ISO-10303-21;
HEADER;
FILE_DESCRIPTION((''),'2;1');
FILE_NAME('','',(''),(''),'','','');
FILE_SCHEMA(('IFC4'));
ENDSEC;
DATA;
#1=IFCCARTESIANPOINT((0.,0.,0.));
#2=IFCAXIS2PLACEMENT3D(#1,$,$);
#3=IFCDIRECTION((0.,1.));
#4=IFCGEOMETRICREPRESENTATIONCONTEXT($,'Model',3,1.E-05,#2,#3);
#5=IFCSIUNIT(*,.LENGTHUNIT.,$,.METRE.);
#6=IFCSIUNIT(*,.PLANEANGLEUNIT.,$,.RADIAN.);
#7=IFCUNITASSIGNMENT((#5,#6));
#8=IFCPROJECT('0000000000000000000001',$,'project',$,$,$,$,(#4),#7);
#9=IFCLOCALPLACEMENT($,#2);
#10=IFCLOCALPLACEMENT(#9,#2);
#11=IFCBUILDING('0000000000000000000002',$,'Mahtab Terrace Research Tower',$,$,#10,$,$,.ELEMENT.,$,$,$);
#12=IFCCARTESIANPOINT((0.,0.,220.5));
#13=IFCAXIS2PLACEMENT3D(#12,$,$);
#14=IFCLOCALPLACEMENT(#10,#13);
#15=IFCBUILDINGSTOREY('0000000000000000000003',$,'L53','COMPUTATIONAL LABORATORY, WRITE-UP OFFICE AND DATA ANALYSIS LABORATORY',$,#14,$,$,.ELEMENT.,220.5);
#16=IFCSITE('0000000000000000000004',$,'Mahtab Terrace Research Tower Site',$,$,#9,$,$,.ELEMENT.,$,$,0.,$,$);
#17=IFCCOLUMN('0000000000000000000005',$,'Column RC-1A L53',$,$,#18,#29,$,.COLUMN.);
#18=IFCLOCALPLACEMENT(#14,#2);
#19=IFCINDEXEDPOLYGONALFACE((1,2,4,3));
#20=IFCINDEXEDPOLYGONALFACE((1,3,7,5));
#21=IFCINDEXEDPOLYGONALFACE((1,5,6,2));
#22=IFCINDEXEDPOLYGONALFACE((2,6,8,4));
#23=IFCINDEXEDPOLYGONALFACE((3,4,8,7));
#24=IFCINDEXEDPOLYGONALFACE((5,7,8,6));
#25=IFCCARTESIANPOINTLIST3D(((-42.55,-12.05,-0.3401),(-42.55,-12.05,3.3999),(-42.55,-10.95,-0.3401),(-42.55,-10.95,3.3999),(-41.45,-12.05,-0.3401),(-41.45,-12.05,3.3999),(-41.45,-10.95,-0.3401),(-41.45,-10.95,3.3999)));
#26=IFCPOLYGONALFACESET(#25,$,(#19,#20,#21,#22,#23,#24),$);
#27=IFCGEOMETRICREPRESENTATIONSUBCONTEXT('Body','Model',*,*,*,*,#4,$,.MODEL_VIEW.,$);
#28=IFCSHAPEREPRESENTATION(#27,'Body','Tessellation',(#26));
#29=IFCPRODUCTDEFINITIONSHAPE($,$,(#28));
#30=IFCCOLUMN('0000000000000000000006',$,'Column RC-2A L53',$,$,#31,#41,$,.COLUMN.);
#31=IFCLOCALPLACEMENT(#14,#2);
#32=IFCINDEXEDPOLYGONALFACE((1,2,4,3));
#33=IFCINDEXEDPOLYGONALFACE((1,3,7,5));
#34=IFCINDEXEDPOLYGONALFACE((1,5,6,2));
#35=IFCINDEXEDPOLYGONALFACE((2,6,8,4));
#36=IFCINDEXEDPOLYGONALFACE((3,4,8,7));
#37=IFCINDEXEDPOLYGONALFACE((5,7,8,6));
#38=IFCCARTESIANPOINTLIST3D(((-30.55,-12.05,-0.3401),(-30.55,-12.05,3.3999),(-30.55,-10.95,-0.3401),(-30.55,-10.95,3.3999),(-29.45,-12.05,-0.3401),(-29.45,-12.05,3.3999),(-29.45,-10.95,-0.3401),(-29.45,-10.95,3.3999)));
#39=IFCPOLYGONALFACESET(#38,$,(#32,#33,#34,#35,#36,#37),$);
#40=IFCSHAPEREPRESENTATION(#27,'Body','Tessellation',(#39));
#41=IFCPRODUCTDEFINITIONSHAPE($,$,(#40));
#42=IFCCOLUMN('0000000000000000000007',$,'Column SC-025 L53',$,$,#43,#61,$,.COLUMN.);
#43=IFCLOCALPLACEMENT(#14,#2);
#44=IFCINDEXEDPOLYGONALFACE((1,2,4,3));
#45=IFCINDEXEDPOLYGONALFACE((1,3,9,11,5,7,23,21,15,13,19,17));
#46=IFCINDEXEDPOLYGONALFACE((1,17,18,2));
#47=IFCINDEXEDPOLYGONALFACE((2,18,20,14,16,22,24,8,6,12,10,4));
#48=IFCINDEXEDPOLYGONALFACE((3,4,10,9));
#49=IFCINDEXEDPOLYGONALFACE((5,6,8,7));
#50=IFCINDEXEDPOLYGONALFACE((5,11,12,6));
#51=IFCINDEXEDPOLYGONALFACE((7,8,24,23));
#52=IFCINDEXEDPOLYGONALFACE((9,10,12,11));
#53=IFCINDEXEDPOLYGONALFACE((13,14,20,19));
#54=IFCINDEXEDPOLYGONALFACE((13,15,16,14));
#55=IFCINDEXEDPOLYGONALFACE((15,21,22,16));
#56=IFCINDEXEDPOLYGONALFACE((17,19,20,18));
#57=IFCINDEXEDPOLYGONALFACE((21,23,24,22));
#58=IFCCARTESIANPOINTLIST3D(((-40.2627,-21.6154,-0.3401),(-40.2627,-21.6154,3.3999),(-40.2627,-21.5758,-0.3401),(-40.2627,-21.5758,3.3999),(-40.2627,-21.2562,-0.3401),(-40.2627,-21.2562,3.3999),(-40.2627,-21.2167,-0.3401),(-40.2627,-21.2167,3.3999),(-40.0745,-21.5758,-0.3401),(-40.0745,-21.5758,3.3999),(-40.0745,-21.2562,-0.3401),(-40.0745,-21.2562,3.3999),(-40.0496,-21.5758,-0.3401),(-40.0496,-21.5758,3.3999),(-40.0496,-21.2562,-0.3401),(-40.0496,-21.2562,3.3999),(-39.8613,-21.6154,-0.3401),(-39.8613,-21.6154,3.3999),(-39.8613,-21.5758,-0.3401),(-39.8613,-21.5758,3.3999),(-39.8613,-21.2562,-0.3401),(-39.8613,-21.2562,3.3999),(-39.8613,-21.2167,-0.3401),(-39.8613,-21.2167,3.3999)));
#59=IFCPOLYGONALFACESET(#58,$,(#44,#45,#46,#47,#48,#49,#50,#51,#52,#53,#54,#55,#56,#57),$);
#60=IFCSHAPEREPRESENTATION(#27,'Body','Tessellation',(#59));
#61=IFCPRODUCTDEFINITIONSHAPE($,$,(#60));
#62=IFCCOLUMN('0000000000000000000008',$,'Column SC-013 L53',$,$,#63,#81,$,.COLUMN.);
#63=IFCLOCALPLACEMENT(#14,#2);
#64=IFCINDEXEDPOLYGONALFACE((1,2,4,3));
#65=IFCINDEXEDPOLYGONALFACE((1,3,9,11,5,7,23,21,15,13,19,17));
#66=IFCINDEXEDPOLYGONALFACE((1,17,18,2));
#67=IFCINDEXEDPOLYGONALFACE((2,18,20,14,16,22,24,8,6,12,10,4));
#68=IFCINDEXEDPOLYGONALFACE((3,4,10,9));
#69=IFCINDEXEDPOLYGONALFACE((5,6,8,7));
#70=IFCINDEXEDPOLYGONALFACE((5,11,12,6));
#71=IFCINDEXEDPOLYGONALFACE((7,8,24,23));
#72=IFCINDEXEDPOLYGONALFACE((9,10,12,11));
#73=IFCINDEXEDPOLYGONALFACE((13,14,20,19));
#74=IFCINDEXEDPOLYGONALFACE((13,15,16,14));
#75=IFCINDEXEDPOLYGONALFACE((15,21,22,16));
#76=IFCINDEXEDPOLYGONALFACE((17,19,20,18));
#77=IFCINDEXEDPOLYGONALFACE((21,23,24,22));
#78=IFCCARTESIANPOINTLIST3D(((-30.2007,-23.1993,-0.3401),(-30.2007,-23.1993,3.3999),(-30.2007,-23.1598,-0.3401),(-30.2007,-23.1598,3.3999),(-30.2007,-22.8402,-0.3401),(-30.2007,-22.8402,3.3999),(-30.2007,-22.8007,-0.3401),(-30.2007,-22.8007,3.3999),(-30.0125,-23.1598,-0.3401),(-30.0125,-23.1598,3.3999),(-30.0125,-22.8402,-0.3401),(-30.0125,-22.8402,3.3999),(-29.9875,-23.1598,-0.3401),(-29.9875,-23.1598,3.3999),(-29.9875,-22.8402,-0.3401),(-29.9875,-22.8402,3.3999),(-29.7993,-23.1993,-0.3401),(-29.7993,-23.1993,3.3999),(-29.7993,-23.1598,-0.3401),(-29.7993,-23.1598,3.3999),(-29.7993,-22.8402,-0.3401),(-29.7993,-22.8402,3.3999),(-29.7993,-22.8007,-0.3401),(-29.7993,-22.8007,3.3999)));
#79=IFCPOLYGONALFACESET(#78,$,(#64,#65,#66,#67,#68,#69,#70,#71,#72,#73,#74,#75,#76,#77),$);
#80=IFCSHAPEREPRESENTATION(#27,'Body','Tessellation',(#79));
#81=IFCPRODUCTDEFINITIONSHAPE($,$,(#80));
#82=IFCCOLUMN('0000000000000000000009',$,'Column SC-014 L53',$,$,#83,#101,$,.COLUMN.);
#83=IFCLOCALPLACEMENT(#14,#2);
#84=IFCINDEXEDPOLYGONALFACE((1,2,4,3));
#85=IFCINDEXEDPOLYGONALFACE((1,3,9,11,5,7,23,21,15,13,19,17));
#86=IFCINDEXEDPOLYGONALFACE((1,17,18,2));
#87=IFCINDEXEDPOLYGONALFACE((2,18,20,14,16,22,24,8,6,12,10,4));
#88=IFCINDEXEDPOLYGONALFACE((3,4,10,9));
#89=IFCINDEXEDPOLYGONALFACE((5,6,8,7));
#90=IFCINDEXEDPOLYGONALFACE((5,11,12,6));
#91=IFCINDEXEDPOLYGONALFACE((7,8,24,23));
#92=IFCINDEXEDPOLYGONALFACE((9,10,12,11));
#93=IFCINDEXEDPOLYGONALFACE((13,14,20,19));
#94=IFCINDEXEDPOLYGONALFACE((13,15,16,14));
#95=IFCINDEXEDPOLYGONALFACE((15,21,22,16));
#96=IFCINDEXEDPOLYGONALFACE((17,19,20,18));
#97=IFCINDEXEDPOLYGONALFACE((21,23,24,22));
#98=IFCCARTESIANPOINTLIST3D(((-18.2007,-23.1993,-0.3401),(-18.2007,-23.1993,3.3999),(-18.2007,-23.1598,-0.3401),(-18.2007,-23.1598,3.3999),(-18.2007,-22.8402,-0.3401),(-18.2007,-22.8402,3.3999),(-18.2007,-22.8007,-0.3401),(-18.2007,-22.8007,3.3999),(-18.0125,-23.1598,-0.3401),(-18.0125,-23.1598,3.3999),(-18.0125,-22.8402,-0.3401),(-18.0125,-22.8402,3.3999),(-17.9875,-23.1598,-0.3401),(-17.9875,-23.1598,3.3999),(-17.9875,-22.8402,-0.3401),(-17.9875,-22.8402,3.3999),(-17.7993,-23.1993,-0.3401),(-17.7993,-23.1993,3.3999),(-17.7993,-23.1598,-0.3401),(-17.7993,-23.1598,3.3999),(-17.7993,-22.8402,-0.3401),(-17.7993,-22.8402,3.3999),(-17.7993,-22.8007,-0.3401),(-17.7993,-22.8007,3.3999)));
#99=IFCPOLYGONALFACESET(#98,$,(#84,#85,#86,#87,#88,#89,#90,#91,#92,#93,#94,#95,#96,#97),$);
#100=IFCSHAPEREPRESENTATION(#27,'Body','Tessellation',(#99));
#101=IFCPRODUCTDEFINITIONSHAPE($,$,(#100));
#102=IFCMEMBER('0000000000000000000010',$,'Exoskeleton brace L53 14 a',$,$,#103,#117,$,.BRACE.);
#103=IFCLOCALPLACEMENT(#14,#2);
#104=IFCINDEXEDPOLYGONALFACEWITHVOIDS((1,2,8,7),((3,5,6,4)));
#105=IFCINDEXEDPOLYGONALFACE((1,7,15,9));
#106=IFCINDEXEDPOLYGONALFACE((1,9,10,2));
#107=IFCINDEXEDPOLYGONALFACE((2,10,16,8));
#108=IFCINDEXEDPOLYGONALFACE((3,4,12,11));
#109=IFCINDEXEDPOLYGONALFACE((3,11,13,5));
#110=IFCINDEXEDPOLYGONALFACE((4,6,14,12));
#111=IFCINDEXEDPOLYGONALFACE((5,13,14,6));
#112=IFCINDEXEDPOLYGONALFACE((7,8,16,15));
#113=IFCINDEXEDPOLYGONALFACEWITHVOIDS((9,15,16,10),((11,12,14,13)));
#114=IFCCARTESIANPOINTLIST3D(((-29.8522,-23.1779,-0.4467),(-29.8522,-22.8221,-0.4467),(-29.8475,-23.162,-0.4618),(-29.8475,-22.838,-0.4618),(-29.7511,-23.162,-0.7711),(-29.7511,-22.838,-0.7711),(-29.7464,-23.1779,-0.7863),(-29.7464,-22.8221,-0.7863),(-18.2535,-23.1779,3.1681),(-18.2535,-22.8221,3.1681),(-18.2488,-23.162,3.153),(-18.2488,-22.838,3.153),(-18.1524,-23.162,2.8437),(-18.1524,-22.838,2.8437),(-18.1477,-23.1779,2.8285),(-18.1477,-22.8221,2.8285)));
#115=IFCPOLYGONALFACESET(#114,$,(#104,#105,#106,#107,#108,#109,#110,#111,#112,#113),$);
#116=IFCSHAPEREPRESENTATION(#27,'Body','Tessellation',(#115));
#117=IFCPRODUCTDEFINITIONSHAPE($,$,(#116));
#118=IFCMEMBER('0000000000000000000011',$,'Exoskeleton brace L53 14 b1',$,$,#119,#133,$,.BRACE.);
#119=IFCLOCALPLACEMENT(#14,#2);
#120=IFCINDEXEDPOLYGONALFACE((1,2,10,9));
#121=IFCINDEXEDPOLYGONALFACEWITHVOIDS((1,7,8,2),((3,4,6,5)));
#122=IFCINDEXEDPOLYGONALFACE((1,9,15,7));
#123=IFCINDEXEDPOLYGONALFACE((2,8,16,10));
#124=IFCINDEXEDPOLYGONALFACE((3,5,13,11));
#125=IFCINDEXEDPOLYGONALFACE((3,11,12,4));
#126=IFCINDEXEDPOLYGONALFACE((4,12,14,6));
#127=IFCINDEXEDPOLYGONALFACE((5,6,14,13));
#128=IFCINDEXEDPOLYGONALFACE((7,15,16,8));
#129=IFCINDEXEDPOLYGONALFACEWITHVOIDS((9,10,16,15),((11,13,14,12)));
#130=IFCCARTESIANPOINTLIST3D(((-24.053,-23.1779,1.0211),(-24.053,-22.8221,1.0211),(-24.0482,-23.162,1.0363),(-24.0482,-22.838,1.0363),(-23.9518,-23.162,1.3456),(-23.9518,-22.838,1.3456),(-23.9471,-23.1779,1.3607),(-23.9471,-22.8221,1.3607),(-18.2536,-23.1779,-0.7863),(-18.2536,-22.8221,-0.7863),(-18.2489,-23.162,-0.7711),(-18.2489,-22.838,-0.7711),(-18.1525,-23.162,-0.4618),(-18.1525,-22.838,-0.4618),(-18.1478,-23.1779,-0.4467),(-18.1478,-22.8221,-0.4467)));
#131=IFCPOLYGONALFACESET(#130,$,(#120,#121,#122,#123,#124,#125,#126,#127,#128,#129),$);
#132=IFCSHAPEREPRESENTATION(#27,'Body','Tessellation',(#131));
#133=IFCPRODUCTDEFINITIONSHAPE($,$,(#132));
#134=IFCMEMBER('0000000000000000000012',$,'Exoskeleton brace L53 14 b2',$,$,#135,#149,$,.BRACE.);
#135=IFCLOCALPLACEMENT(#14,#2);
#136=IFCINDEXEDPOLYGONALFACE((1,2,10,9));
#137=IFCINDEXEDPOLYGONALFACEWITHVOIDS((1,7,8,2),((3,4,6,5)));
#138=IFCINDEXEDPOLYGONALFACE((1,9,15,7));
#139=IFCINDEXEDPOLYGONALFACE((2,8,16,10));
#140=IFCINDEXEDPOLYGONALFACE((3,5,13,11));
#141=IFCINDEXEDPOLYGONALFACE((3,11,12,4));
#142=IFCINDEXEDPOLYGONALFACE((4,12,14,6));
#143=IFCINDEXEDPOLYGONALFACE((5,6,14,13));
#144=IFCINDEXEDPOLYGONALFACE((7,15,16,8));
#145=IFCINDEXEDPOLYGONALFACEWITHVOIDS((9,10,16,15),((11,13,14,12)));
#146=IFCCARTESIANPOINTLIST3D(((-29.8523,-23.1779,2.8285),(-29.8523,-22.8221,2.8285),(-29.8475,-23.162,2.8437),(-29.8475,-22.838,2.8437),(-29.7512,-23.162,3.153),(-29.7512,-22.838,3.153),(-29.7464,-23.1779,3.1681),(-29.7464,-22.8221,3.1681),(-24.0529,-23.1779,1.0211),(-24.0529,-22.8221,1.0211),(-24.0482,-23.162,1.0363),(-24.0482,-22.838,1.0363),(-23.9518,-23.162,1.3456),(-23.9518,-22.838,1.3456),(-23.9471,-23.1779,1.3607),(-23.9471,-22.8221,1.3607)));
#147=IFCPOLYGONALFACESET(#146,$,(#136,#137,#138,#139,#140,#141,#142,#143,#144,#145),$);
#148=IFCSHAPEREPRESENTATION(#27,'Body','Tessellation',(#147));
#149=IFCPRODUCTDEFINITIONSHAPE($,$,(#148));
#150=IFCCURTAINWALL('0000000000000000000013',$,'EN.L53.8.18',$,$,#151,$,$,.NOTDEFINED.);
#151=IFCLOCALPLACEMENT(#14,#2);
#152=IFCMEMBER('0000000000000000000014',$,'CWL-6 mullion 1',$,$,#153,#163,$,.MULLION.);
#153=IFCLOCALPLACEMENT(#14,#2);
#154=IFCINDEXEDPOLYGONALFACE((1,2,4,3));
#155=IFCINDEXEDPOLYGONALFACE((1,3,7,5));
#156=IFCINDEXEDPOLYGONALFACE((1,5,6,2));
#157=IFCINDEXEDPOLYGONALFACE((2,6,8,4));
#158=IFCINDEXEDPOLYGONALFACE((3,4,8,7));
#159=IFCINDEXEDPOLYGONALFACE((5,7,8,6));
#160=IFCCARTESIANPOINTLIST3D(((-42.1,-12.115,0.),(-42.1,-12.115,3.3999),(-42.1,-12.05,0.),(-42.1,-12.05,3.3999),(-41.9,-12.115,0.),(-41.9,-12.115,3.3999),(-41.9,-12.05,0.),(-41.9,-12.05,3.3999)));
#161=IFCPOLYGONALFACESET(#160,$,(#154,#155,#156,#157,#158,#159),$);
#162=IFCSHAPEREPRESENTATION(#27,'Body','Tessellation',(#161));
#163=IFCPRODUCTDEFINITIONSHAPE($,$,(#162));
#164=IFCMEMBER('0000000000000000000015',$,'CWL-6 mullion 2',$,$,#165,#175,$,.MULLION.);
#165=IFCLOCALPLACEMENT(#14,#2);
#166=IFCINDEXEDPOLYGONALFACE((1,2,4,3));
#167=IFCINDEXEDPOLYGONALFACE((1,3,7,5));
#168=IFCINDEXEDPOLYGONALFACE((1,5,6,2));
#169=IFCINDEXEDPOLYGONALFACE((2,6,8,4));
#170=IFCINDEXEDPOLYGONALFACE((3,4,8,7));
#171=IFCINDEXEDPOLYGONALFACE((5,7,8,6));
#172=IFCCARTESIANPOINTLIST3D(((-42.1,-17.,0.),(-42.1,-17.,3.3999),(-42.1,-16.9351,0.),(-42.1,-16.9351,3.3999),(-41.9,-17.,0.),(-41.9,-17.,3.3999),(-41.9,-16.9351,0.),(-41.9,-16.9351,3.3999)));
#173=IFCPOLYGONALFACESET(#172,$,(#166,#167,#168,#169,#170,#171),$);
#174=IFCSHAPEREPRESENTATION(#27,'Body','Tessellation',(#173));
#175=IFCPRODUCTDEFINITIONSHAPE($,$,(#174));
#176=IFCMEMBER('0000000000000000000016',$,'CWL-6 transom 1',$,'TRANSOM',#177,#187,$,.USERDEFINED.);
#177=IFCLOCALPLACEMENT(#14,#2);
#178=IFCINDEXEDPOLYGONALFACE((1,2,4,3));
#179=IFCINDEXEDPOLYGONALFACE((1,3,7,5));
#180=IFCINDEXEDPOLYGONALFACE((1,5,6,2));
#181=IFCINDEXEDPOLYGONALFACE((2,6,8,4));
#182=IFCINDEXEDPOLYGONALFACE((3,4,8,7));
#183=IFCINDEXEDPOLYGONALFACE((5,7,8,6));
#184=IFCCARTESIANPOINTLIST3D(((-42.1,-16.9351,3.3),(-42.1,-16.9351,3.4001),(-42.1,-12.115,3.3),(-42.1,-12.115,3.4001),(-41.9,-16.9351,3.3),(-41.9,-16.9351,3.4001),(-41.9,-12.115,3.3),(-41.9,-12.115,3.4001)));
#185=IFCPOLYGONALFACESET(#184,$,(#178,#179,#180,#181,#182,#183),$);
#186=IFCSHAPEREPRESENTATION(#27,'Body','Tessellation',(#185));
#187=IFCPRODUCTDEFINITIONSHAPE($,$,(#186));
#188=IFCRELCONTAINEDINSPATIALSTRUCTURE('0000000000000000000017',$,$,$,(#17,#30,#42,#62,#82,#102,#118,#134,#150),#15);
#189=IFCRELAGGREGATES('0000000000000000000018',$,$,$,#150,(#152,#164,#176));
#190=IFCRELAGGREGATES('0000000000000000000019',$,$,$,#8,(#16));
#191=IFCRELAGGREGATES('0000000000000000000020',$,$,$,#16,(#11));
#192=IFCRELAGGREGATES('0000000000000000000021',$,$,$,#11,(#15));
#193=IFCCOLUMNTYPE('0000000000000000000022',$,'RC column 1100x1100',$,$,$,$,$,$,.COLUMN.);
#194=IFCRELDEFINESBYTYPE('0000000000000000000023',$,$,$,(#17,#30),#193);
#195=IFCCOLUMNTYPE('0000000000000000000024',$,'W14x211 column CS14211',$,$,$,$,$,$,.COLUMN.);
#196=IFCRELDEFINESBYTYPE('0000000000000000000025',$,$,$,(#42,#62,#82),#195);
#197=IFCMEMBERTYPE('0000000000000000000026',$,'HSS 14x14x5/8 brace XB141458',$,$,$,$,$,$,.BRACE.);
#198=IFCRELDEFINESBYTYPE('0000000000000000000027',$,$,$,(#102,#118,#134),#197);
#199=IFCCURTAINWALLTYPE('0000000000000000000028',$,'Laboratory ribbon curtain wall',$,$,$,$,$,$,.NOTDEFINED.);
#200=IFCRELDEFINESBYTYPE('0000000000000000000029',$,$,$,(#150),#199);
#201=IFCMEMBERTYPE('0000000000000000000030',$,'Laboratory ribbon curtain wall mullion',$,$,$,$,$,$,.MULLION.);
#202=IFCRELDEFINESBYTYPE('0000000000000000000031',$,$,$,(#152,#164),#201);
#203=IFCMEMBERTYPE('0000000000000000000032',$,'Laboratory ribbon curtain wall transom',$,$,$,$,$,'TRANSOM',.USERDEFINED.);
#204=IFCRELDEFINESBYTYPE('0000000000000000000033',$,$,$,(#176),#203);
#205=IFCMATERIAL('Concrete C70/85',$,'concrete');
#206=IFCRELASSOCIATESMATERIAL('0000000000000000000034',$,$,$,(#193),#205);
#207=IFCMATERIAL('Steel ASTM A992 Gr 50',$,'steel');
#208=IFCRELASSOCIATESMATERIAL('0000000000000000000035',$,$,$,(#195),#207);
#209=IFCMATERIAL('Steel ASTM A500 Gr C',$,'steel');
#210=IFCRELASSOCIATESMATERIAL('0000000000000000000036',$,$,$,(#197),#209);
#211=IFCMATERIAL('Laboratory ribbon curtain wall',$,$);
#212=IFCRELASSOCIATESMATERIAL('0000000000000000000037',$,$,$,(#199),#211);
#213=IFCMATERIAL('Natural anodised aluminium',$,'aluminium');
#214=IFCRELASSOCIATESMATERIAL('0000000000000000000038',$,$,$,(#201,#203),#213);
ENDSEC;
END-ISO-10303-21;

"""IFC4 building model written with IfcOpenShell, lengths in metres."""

from ifc_helpers import new_model, si_unit, direction, frame, origin, origin_2d, place, context, subcontext, project, spatial, rectangle, hollow_rectangle, i_section, extrude, material, material_profile, profile_set, type_object, element, aggregate, save


model = new_model("IFC4")

# Units and contexts
model_context = context("Model", 3, precision=1e-05, world=origin(), true_north=direction((0.0, 1.0)))
body_context = subcontext(model_context, "Body", "Model", "MODEL_VIEW")
ifc_project = project(units=[si_unit("LENGTHUNIT", "METRE"), si_unit("PLANEANGLEUNIT", "RADIAN")], contexts=[model_context])

# Site, building, storey
site_placement = place(None, origin())
site = spatial("IfcSite", under=ifc_project, at=site_placement, Name="Mahtab Terrace Research Tower Site", CompositionType="ELEMENT", RefElevation=0.0)
building_placement = place(site_placement, origin())
building = spatial("IfcBuilding", under=site, at=building_placement, Name="Mahtab Terrace Research Tower", CompositionType="ELEMENT")
storey_placement = place(building_placement, frame((0.0, 0.0, 220.5)))
storey = spatial("IfcBuildingStorey", under=building, at=storey_placement, Name="L53", Description="COMPUTATIONAL LABORATORY, WRITE-UP OFFICE AND DATA ANALYSIS LABORATORY", CompositionType="ELEMENT", Elevation=220.5)

# Columns
ifc_material_1 = material(Name="Concrete C70/85", Category="concrete")
ifc_material_profile_1 = material_profile(ifc_material_1, rectangle(XDim=1.1001, YDim=1.1001, at=origin_2d()), Name="RC column 1100x1100")
ifc_profile_set_1 = profile_set([ifc_material_profile_1], Name="Concrete C70/85")
column_type_1 = type_object("IfcColumnType", Name="RC column 1100x1100", PredefinedType="COLUMN", material=ifc_profile_set_1)
for number, where, z_axis, x_axis, name in (
    (1, (-42.0, -11.5, -0.3401), (0.0, 0.0, 1.0), (1.0, 0.0, 0.0), "Column RC-1A L53"),
    (2, (-30.0, -11.5, -0.3401), (0.0, 0.0, 1.0), (1.0, 0.0, 0.0), "Column RC-2A L53"),
):
    element("IfcColumn", number, at=place(storey_placement, frame(where, z_axis=z_axis, x_axis=x_axis)), inside=storey, type_object=column_type_1, Name=name, PredefinedType="COLUMN", context=body_context, shape_type="SweptSolid", body=[
        extrude(rectangle(XDim=1.1001, YDim=1.1001, at=origin_2d()), origin(), (0.0, 0.0, 1.0), 3.74),
    ])
ifc_material_2 = material(Name="Steel ASTM A992 Gr 50", Category="steel")
ifc_material_profile_2 = material_profile(ifc_material_2, i_section(OverallWidth=0.4014, OverallDepth=0.3987, WebThickness=0.0249, FlangeThickness=0.0396, at=origin_2d()), Name="W14X211")
ifc_profile_set_2 = profile_set([ifc_material_profile_2], Name="Steel ASTM A992 Gr 50")
column_type_2 = type_object("IfcColumnType", Name="W14x211 column CS14211", PredefinedType="COLUMN", material=ifc_profile_set_2)
for number, where, z_axis, x_axis, name in (
    (3, (-40.062, -21.416, -0.3401), (0.0, 0.0, 1.0), (1.0, 0.0, 0.0), "Column SC-025 L53"),
    (4, (-30.0, -23.0, -0.3401), (0.0, 0.0, 1.0), (1.0, 0.0, 0.0), "Column SC-013 L53"),
    (5, (-18.0, -23.0, -0.3401), (0.0, 0.0, 1.0), (1.0, 0.0, 0.0), "Column SC-014 L53"),
):
    element("IfcColumn", number, at=place(storey_placement, frame(where, z_axis=z_axis, x_axis=x_axis)), inside=storey, type_object=column_type_2, Name=name, PredefinedType="COLUMN", context=body_context, shape_type="SweptSolid", body=[
        extrude(i_section(OverallWidth=0.4014, OverallDepth=0.3987, WebThickness=0.0249, FlangeThickness=0.0396, at=origin_2d()), origin(), (0.0, 0.0, 1.0), 3.74),
    ])

# Members
ifc_material_3 = material(Name="Steel ASTM A500 Gr C", Category="steel")
ifc_material_profile_3 = material_profile(ifc_material_3, hollow_rectangle(XDim=0.3557, YDim=0.3557, WallThickness=0.0159, at=origin_2d()), Name="HSS14X14X5/8")
ifc_profile_set_3 = profile_set([ifc_material_profile_3], Name="Steel ASTM A500 Gr C")
member_type_1 = type_object("IfcMemberType", Name="HSS 14x14x5/8 brace XB141458", PredefinedType="BRACE", material=ifc_profile_set_3)
member_1_placement = place(storey_placement, frame((-29.7993, -23.0, -0.6165), z_axis=(0.95471, 0.0, 0.297538), x_axis=(0.0, 1.0, 0.0)))
element("IfcMember", 6, at=member_1_placement, inside=storey, type_object=member_type_1, Name="Exoskeleton brace L53 14 a", PredefinedType="BRACE", context=body_context, shape_type="SweptSolid", body=[
    extrude(hollow_rectangle(XDim=0.3557, YDim=0.3557, WallThickness=0.0159, at=origin_2d()), origin(), (0.0, 0.0, 1.0), 12.1489),
])
for number, where, z_axis, x_axis, name in (
    (7, (-18.2007, -23.0, -0.6165), (-0.95471, 0.0, 0.297538), (0.0, -1.0, 0.0), "Exoskeleton brace L53 14 b1"),
    (8, (-24.0, -23.0, 1.1909), (-0.95471, 0.0, 0.297538), (0.0, -1.0, 0.0), "Exoskeleton brace L53 14 b2"),
):
    element("IfcMember", number, at=place(storey_placement, frame(where, z_axis=z_axis, x_axis=x_axis)), inside=storey, type_object=member_type_1, Name=name, PredefinedType="BRACE", context=body_context, shape_type="SweptSolid", body=[
        extrude(hollow_rectangle(XDim=0.3557, YDim=0.3557, WallThickness=0.0159, at=origin_2d()), origin(), (0.0, 0.0, 1.0), 6.0745),
    ])

# Curtain wall, members
ifc_material_4 = material(Name="Laboratory ribbon curtain wall")
curtain_wall_type = type_object("IfcCurtainWallType", Name="Laboratory ribbon curtain wall", PredefinedType="NOTDEFINED", material=ifc_material_4)
curtain_wall_placement = place(storey_placement, origin())
curtain_wall = element("IfcCurtainWall", 9, at=curtain_wall_placement, inside=storey, type_object=curtain_wall_type, Name="EN.L53.8.18", PredefinedType="NOTDEFINED")
ifc_material_5 = material(Name="Natural anodised aluminium", Category="aluminium")
ifc_material_profile_4 = material_profile(ifc_material_5, rectangle(XDim=0.2, YDim=0.0649, at=origin_2d()), Name="MULLION 65x200")
ifc_profile_set_4 = profile_set([ifc_material_profile_4], Name="Natural anodised aluminium")
member_type_2 = type_object("IfcMemberType", Name="Laboratory ribbon curtain wall mullion", PredefinedType="MULLION", material=ifc_profile_set_4)
member_2_placement = place(storey_placement, frame((-42.0, -12.0825, 0.0), z_axis=(0.0, 0.0, 1.0), x_axis=(1.0, 0.0, 0.0)))
member_2 = element("IfcMember", 10, at=member_2_placement, type_object=member_type_2, Name="CWL-6 mullion 1", PredefinedType="MULLION", context=body_context, shape_type="SweptSolid", body=[
    extrude(rectangle(XDim=0.2, YDim=0.0649, at=origin_2d()), origin(), (0.0, 0.0, 1.0), 3.3999),
])
member_3_placement = place(storey_placement, frame((-42.0, -16.9675, 0.0), z_axis=(0.0, 0.0, 1.0), x_axis=(1.0, 0.0, 0.0)))
member_3 = element("IfcMember", 11, at=member_3_placement, type_object=member_type_2, Name="CWL-6 mullion 2", PredefinedType="MULLION", context=body_context, shape_type="SweptSolid", body=[
    extrude(rectangle(XDim=0.2, YDim=0.0649, at=origin_2d()), origin(), (0.0, 0.0, 1.0), 3.3999),
])
ifc_material_profile_5 = material_profile(ifc_material_5, rectangle(XDim=0.2, YDim=0.1001, at=origin_2d()), Name="TRANSOM 100x200")
ifc_profile_set_5 = profile_set([ifc_material_profile_5], Name="Natural anodised aluminium")
member_type_3 = type_object("IfcMemberType", Name="Laboratory ribbon curtain wall transom", ElementType="TRANSOM", PredefinedType="USERDEFINED", material=ifc_profile_set_5)
member_4_placement = place(storey_placement, frame((-42.0, -12.115, 3.3501), z_axis=(0.0, -1.0, 0.0), x_axis=(1.0, 0.0, 0.0)))
member_4 = element("IfcMember", 12, at=member_4_placement, type_object=member_type_3, Name="CWL-6 transom 1", ObjectType="TRANSOM", PredefinedType="USERDEFINED", context=body_context, shape_type="SweptSolid", body=[
    extrude(rectangle(XDim=0.2, YDim=0.1001, at=origin_2d()), origin(), (0.0, 0.0, 1.0), 4.8201),
])

aggregate(curtain_wall, [member_2, member_3, member_4])

save(model, "model.ifc")
